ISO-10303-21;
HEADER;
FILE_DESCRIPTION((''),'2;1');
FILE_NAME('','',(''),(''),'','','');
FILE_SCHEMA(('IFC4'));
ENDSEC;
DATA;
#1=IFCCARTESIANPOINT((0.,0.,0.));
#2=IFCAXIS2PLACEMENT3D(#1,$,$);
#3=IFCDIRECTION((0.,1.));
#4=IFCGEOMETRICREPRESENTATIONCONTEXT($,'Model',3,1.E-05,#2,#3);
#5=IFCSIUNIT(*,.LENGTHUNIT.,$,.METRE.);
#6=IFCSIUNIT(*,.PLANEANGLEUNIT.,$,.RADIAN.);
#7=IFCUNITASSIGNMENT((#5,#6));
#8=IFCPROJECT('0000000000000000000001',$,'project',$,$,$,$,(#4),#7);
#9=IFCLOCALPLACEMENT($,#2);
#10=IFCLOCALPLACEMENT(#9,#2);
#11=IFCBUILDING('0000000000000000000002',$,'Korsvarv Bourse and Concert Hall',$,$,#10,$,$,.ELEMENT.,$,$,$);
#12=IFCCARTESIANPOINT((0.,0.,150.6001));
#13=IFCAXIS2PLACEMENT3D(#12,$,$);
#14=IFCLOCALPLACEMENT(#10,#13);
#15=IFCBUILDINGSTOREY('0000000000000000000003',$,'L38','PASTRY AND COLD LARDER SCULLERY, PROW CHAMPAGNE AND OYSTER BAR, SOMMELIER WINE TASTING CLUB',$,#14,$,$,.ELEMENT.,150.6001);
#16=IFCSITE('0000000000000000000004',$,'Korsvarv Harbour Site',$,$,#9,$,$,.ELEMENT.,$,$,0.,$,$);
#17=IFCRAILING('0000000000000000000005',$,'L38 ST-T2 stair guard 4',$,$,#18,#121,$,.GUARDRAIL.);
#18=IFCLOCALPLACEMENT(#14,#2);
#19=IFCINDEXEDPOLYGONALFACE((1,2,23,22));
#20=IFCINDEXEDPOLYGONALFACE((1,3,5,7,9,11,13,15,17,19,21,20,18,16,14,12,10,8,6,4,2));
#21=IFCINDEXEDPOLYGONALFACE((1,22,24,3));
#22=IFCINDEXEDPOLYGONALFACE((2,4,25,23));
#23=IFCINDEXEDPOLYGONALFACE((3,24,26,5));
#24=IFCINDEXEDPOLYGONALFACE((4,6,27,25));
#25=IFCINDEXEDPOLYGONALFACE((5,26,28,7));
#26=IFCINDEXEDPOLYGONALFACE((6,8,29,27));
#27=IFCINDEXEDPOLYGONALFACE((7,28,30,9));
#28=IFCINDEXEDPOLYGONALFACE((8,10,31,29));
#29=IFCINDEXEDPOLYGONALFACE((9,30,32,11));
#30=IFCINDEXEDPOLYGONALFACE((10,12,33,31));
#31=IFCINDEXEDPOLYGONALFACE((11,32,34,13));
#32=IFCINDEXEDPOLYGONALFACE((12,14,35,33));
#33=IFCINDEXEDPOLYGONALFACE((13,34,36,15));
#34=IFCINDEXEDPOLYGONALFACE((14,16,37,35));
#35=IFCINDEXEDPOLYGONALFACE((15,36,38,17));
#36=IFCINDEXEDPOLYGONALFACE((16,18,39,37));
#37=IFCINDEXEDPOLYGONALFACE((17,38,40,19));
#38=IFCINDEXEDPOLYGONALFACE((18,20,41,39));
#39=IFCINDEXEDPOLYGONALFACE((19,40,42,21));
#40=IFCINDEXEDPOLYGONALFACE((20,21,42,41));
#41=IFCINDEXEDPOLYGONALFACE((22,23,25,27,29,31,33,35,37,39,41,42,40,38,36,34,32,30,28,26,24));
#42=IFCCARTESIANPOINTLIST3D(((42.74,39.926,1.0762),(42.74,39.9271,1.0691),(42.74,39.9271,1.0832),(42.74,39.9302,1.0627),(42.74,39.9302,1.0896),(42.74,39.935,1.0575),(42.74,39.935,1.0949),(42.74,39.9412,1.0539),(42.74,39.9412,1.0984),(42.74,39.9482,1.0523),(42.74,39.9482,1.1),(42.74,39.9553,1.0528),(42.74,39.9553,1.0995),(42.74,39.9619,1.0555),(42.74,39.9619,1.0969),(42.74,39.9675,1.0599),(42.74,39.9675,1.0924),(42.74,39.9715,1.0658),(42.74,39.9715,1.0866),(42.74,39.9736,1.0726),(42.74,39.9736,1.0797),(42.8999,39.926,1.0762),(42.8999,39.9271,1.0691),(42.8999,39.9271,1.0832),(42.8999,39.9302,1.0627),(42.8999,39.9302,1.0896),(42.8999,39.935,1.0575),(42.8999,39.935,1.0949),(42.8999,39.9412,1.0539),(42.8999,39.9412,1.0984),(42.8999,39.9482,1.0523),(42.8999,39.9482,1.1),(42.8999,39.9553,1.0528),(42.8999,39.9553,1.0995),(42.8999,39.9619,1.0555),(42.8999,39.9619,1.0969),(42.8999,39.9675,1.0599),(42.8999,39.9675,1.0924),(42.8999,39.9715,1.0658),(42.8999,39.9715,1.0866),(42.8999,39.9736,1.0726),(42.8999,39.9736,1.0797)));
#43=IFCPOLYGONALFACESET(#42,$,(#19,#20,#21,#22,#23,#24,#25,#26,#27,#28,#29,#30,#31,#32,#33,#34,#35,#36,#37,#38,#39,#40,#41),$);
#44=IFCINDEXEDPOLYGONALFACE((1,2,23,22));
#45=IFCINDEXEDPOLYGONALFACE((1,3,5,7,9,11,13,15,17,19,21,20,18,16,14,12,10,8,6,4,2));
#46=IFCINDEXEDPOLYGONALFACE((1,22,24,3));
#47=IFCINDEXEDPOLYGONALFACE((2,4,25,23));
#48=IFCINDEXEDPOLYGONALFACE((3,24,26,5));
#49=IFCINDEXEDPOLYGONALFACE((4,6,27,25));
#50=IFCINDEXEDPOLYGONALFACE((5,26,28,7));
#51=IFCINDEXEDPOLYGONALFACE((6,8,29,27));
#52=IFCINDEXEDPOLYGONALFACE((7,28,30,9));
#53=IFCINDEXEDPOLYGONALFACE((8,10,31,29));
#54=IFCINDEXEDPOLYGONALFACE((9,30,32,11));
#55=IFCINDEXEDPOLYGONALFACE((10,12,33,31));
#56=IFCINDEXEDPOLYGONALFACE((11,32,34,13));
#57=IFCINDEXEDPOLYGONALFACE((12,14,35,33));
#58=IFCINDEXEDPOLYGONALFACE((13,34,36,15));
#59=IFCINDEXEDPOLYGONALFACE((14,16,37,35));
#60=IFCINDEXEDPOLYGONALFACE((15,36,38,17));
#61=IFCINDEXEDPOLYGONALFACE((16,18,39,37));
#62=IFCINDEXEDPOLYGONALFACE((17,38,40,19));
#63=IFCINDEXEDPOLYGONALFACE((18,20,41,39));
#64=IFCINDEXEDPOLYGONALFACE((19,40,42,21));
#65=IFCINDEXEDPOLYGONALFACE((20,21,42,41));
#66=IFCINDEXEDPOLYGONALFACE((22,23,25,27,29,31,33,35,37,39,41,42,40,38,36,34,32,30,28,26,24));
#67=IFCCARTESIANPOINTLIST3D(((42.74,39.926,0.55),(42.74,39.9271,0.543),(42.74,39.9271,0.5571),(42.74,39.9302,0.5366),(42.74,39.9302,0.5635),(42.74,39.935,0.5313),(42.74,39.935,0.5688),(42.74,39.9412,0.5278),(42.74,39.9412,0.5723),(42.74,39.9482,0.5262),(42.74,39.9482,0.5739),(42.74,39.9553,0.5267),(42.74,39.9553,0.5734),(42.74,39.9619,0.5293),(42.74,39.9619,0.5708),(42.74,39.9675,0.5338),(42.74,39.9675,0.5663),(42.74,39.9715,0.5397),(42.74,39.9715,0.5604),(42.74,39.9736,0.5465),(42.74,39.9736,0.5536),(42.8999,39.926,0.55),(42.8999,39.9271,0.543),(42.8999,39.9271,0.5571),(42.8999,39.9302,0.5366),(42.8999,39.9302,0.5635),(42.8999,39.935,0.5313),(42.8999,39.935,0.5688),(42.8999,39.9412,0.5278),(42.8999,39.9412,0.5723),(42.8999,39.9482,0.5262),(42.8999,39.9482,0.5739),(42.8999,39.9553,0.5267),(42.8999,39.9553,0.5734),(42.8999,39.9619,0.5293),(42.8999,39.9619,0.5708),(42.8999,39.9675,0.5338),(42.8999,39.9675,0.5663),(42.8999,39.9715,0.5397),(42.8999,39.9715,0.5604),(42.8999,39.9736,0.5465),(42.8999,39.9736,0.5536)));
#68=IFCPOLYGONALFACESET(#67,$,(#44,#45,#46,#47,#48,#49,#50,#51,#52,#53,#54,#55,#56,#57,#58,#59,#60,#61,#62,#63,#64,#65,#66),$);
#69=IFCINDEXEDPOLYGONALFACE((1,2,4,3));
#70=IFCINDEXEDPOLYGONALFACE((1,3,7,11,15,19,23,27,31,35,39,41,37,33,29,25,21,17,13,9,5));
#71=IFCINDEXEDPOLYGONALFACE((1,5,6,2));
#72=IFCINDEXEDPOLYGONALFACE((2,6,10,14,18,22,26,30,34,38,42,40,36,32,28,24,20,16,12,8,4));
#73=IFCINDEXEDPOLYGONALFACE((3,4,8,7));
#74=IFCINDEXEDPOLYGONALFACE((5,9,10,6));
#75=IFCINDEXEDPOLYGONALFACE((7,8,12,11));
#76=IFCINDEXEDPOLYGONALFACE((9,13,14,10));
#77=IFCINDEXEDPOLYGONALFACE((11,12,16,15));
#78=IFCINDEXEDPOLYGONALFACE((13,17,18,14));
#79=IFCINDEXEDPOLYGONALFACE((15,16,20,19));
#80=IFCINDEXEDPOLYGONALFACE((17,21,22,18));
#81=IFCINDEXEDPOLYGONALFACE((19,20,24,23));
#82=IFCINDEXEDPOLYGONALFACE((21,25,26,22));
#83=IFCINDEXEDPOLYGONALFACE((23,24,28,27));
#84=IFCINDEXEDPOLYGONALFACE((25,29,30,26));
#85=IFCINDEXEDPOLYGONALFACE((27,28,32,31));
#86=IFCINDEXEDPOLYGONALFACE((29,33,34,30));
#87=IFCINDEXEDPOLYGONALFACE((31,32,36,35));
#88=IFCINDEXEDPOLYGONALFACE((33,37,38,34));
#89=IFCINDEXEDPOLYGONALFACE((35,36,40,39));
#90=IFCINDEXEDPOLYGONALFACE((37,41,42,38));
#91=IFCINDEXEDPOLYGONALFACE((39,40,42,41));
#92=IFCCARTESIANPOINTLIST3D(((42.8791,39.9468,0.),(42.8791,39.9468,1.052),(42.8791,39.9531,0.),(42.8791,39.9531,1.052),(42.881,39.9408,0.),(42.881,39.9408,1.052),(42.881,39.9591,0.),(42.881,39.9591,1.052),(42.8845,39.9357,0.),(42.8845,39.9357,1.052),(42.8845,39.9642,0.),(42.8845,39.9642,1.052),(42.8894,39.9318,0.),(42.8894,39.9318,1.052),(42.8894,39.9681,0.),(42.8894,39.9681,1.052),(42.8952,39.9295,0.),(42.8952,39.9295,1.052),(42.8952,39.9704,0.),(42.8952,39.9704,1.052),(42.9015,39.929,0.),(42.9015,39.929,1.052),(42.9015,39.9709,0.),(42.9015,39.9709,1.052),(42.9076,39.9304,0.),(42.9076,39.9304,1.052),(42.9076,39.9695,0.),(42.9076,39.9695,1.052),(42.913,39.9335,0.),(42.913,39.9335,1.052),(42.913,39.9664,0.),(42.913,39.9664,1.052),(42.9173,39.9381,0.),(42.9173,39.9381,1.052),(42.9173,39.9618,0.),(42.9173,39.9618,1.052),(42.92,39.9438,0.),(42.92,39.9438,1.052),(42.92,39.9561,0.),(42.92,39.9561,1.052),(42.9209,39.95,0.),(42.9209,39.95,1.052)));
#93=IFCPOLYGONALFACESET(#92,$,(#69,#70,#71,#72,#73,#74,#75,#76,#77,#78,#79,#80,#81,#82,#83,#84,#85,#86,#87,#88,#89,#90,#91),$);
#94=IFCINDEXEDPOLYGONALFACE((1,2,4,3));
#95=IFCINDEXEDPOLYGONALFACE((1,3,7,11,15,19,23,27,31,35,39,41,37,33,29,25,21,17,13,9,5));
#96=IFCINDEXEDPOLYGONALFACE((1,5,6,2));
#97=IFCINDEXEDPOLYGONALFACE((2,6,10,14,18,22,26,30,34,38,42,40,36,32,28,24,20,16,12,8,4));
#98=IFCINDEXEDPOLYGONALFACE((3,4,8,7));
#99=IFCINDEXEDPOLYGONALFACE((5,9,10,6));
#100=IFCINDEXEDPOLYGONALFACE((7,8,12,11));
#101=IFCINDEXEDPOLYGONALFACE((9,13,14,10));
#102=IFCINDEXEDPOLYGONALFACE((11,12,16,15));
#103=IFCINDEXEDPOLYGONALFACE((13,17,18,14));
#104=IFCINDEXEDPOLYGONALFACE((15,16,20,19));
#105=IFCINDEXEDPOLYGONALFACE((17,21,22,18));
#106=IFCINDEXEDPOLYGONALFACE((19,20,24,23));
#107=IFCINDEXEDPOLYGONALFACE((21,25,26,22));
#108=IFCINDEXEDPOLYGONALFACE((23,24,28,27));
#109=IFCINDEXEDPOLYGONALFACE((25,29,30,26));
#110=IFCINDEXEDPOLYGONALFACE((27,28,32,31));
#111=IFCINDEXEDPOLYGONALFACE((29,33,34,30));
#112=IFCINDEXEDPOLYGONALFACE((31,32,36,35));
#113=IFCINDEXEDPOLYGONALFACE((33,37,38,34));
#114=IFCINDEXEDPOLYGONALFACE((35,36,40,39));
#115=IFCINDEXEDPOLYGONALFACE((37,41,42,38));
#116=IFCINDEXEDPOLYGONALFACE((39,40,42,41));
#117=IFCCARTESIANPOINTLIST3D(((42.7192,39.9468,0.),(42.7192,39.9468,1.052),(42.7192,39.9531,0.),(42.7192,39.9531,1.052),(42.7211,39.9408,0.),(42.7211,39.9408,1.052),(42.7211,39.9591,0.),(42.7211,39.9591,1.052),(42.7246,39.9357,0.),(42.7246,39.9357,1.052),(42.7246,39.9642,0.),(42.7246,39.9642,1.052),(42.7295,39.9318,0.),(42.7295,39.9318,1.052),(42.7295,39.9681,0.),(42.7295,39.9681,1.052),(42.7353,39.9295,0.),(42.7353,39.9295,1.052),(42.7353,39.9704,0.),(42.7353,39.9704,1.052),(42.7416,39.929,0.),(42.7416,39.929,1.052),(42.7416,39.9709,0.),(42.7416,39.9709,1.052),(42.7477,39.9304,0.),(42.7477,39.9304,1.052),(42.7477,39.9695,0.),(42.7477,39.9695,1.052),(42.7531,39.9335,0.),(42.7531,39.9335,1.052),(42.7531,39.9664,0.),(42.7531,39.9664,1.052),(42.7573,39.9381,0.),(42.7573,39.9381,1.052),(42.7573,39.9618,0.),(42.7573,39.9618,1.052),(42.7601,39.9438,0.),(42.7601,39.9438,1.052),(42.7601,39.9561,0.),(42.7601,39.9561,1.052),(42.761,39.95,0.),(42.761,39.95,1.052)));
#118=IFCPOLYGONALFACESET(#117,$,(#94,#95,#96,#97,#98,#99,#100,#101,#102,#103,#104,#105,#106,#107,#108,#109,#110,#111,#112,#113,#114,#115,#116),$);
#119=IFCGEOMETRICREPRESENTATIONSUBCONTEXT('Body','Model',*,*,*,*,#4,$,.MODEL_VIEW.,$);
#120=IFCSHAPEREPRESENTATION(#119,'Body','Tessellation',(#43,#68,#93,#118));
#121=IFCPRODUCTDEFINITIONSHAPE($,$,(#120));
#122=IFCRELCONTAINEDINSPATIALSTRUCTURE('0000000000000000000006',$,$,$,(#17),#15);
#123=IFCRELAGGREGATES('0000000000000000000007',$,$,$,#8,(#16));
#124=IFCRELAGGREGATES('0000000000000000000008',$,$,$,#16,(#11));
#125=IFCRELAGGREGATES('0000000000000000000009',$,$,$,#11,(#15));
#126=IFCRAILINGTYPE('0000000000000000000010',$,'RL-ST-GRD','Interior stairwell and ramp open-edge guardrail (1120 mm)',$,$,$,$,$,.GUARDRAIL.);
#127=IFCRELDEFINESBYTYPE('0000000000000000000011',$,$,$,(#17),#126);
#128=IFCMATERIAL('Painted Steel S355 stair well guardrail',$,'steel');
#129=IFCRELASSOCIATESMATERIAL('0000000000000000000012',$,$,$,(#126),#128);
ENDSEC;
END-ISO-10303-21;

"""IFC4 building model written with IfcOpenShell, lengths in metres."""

from ifc_helpers import new_model, si_unit, direction, frame, origin, origin_2d, place, context, subcontext, project, spatial, circle, extrude, material, type_object, element, save


model = new_model("IFC4")

# Units and contexts
model_context = context("Model", 3, precision=1e-05, world=origin(), true_north=direction((0.0, 1.0)))
body_context = subcontext(model_context, "Body", "Model", "MODEL_VIEW")
ifc_project = project(units=[si_unit("LENGTHUNIT", "METRE"), si_unit("PLANEANGLEUNIT", "RADIAN")], contexts=[model_context])

# Site, building, storey
site_placement = place(None, origin())
site = spatial("IfcSite", under=ifc_project, at=site_placement, Name="Korsvarv Harbour Site", CompositionType="ELEMENT", RefElevation=0.0)
building_placement = place(site_placement, origin())
building = spatial("IfcBuilding", under=site, at=building_placement, Name="Korsvarv Bourse and Concert Hall", CompositionType="ELEMENT")
storey_placement = place(building_placement, frame((0.0, 0.0, 150.6001)))
storey = spatial("IfcBuildingStorey", under=building, at=storey_placement, Name="L38", Description="PASTRY AND COLD LARDER SCULLERY, PROW CHAMPAGNE AND OYSTER BAR, SOMMELIER WINE TASTING CLUB", CompositionType="ELEMENT", Elevation=150.6001)

# Railing
ifc_material_1 = material(Name="Painted Steel S355 stair well guardrail", Category="steel")
railing_type_1 = type_object("IfcRailingType", Name="RL-ST-GRD", Description="Interior stairwell and ramp open-edge guardrail (1120 mm)", PredefinedType="GUARDRAIL", material=ifc_material_1)
railing_1_placement = place(storey_placement, frame((42.8999, 39.95, 0.0)))
element("IfcRailing", 1, at=railing_1_placement, inside=storey, type_object=railing_type_1, Name="L38 ST-T2 stair guard 4", PredefinedType="GUARDRAIL", context=body_context, shape_type="SweptSolid", body=[
    extrude(circle(Radius=0.0239, at=origin_2d()), frame((0.0, 0.0, 1.0762), z_axis=(-1.0, 0.0, 0.0), x_axis=(0.0, -1.0, 0.0)), (0.0, 0.0, 1.0), 0.1599),
    extrude(circle(Radius=0.0239, at=origin_2d()), frame((0.0, 0.0, 0.55), z_axis=(-1.0, 0.0, 0.0), x_axis=(0.0, -1.0, 0.0)), (0.0, 0.0, 1.0), 0.1599),
    extrude(circle(Radius=0.021, at=origin_2d()), origin(), (0.0, 0.0, 1.0), 1.052),
    extrude(circle(Radius=0.021, at=origin_2d()), frame((-0.1599, 0.0, 0.0)), (0.0, 0.0, 1.0), 1.052),
])

save(model, "model.ifc")
